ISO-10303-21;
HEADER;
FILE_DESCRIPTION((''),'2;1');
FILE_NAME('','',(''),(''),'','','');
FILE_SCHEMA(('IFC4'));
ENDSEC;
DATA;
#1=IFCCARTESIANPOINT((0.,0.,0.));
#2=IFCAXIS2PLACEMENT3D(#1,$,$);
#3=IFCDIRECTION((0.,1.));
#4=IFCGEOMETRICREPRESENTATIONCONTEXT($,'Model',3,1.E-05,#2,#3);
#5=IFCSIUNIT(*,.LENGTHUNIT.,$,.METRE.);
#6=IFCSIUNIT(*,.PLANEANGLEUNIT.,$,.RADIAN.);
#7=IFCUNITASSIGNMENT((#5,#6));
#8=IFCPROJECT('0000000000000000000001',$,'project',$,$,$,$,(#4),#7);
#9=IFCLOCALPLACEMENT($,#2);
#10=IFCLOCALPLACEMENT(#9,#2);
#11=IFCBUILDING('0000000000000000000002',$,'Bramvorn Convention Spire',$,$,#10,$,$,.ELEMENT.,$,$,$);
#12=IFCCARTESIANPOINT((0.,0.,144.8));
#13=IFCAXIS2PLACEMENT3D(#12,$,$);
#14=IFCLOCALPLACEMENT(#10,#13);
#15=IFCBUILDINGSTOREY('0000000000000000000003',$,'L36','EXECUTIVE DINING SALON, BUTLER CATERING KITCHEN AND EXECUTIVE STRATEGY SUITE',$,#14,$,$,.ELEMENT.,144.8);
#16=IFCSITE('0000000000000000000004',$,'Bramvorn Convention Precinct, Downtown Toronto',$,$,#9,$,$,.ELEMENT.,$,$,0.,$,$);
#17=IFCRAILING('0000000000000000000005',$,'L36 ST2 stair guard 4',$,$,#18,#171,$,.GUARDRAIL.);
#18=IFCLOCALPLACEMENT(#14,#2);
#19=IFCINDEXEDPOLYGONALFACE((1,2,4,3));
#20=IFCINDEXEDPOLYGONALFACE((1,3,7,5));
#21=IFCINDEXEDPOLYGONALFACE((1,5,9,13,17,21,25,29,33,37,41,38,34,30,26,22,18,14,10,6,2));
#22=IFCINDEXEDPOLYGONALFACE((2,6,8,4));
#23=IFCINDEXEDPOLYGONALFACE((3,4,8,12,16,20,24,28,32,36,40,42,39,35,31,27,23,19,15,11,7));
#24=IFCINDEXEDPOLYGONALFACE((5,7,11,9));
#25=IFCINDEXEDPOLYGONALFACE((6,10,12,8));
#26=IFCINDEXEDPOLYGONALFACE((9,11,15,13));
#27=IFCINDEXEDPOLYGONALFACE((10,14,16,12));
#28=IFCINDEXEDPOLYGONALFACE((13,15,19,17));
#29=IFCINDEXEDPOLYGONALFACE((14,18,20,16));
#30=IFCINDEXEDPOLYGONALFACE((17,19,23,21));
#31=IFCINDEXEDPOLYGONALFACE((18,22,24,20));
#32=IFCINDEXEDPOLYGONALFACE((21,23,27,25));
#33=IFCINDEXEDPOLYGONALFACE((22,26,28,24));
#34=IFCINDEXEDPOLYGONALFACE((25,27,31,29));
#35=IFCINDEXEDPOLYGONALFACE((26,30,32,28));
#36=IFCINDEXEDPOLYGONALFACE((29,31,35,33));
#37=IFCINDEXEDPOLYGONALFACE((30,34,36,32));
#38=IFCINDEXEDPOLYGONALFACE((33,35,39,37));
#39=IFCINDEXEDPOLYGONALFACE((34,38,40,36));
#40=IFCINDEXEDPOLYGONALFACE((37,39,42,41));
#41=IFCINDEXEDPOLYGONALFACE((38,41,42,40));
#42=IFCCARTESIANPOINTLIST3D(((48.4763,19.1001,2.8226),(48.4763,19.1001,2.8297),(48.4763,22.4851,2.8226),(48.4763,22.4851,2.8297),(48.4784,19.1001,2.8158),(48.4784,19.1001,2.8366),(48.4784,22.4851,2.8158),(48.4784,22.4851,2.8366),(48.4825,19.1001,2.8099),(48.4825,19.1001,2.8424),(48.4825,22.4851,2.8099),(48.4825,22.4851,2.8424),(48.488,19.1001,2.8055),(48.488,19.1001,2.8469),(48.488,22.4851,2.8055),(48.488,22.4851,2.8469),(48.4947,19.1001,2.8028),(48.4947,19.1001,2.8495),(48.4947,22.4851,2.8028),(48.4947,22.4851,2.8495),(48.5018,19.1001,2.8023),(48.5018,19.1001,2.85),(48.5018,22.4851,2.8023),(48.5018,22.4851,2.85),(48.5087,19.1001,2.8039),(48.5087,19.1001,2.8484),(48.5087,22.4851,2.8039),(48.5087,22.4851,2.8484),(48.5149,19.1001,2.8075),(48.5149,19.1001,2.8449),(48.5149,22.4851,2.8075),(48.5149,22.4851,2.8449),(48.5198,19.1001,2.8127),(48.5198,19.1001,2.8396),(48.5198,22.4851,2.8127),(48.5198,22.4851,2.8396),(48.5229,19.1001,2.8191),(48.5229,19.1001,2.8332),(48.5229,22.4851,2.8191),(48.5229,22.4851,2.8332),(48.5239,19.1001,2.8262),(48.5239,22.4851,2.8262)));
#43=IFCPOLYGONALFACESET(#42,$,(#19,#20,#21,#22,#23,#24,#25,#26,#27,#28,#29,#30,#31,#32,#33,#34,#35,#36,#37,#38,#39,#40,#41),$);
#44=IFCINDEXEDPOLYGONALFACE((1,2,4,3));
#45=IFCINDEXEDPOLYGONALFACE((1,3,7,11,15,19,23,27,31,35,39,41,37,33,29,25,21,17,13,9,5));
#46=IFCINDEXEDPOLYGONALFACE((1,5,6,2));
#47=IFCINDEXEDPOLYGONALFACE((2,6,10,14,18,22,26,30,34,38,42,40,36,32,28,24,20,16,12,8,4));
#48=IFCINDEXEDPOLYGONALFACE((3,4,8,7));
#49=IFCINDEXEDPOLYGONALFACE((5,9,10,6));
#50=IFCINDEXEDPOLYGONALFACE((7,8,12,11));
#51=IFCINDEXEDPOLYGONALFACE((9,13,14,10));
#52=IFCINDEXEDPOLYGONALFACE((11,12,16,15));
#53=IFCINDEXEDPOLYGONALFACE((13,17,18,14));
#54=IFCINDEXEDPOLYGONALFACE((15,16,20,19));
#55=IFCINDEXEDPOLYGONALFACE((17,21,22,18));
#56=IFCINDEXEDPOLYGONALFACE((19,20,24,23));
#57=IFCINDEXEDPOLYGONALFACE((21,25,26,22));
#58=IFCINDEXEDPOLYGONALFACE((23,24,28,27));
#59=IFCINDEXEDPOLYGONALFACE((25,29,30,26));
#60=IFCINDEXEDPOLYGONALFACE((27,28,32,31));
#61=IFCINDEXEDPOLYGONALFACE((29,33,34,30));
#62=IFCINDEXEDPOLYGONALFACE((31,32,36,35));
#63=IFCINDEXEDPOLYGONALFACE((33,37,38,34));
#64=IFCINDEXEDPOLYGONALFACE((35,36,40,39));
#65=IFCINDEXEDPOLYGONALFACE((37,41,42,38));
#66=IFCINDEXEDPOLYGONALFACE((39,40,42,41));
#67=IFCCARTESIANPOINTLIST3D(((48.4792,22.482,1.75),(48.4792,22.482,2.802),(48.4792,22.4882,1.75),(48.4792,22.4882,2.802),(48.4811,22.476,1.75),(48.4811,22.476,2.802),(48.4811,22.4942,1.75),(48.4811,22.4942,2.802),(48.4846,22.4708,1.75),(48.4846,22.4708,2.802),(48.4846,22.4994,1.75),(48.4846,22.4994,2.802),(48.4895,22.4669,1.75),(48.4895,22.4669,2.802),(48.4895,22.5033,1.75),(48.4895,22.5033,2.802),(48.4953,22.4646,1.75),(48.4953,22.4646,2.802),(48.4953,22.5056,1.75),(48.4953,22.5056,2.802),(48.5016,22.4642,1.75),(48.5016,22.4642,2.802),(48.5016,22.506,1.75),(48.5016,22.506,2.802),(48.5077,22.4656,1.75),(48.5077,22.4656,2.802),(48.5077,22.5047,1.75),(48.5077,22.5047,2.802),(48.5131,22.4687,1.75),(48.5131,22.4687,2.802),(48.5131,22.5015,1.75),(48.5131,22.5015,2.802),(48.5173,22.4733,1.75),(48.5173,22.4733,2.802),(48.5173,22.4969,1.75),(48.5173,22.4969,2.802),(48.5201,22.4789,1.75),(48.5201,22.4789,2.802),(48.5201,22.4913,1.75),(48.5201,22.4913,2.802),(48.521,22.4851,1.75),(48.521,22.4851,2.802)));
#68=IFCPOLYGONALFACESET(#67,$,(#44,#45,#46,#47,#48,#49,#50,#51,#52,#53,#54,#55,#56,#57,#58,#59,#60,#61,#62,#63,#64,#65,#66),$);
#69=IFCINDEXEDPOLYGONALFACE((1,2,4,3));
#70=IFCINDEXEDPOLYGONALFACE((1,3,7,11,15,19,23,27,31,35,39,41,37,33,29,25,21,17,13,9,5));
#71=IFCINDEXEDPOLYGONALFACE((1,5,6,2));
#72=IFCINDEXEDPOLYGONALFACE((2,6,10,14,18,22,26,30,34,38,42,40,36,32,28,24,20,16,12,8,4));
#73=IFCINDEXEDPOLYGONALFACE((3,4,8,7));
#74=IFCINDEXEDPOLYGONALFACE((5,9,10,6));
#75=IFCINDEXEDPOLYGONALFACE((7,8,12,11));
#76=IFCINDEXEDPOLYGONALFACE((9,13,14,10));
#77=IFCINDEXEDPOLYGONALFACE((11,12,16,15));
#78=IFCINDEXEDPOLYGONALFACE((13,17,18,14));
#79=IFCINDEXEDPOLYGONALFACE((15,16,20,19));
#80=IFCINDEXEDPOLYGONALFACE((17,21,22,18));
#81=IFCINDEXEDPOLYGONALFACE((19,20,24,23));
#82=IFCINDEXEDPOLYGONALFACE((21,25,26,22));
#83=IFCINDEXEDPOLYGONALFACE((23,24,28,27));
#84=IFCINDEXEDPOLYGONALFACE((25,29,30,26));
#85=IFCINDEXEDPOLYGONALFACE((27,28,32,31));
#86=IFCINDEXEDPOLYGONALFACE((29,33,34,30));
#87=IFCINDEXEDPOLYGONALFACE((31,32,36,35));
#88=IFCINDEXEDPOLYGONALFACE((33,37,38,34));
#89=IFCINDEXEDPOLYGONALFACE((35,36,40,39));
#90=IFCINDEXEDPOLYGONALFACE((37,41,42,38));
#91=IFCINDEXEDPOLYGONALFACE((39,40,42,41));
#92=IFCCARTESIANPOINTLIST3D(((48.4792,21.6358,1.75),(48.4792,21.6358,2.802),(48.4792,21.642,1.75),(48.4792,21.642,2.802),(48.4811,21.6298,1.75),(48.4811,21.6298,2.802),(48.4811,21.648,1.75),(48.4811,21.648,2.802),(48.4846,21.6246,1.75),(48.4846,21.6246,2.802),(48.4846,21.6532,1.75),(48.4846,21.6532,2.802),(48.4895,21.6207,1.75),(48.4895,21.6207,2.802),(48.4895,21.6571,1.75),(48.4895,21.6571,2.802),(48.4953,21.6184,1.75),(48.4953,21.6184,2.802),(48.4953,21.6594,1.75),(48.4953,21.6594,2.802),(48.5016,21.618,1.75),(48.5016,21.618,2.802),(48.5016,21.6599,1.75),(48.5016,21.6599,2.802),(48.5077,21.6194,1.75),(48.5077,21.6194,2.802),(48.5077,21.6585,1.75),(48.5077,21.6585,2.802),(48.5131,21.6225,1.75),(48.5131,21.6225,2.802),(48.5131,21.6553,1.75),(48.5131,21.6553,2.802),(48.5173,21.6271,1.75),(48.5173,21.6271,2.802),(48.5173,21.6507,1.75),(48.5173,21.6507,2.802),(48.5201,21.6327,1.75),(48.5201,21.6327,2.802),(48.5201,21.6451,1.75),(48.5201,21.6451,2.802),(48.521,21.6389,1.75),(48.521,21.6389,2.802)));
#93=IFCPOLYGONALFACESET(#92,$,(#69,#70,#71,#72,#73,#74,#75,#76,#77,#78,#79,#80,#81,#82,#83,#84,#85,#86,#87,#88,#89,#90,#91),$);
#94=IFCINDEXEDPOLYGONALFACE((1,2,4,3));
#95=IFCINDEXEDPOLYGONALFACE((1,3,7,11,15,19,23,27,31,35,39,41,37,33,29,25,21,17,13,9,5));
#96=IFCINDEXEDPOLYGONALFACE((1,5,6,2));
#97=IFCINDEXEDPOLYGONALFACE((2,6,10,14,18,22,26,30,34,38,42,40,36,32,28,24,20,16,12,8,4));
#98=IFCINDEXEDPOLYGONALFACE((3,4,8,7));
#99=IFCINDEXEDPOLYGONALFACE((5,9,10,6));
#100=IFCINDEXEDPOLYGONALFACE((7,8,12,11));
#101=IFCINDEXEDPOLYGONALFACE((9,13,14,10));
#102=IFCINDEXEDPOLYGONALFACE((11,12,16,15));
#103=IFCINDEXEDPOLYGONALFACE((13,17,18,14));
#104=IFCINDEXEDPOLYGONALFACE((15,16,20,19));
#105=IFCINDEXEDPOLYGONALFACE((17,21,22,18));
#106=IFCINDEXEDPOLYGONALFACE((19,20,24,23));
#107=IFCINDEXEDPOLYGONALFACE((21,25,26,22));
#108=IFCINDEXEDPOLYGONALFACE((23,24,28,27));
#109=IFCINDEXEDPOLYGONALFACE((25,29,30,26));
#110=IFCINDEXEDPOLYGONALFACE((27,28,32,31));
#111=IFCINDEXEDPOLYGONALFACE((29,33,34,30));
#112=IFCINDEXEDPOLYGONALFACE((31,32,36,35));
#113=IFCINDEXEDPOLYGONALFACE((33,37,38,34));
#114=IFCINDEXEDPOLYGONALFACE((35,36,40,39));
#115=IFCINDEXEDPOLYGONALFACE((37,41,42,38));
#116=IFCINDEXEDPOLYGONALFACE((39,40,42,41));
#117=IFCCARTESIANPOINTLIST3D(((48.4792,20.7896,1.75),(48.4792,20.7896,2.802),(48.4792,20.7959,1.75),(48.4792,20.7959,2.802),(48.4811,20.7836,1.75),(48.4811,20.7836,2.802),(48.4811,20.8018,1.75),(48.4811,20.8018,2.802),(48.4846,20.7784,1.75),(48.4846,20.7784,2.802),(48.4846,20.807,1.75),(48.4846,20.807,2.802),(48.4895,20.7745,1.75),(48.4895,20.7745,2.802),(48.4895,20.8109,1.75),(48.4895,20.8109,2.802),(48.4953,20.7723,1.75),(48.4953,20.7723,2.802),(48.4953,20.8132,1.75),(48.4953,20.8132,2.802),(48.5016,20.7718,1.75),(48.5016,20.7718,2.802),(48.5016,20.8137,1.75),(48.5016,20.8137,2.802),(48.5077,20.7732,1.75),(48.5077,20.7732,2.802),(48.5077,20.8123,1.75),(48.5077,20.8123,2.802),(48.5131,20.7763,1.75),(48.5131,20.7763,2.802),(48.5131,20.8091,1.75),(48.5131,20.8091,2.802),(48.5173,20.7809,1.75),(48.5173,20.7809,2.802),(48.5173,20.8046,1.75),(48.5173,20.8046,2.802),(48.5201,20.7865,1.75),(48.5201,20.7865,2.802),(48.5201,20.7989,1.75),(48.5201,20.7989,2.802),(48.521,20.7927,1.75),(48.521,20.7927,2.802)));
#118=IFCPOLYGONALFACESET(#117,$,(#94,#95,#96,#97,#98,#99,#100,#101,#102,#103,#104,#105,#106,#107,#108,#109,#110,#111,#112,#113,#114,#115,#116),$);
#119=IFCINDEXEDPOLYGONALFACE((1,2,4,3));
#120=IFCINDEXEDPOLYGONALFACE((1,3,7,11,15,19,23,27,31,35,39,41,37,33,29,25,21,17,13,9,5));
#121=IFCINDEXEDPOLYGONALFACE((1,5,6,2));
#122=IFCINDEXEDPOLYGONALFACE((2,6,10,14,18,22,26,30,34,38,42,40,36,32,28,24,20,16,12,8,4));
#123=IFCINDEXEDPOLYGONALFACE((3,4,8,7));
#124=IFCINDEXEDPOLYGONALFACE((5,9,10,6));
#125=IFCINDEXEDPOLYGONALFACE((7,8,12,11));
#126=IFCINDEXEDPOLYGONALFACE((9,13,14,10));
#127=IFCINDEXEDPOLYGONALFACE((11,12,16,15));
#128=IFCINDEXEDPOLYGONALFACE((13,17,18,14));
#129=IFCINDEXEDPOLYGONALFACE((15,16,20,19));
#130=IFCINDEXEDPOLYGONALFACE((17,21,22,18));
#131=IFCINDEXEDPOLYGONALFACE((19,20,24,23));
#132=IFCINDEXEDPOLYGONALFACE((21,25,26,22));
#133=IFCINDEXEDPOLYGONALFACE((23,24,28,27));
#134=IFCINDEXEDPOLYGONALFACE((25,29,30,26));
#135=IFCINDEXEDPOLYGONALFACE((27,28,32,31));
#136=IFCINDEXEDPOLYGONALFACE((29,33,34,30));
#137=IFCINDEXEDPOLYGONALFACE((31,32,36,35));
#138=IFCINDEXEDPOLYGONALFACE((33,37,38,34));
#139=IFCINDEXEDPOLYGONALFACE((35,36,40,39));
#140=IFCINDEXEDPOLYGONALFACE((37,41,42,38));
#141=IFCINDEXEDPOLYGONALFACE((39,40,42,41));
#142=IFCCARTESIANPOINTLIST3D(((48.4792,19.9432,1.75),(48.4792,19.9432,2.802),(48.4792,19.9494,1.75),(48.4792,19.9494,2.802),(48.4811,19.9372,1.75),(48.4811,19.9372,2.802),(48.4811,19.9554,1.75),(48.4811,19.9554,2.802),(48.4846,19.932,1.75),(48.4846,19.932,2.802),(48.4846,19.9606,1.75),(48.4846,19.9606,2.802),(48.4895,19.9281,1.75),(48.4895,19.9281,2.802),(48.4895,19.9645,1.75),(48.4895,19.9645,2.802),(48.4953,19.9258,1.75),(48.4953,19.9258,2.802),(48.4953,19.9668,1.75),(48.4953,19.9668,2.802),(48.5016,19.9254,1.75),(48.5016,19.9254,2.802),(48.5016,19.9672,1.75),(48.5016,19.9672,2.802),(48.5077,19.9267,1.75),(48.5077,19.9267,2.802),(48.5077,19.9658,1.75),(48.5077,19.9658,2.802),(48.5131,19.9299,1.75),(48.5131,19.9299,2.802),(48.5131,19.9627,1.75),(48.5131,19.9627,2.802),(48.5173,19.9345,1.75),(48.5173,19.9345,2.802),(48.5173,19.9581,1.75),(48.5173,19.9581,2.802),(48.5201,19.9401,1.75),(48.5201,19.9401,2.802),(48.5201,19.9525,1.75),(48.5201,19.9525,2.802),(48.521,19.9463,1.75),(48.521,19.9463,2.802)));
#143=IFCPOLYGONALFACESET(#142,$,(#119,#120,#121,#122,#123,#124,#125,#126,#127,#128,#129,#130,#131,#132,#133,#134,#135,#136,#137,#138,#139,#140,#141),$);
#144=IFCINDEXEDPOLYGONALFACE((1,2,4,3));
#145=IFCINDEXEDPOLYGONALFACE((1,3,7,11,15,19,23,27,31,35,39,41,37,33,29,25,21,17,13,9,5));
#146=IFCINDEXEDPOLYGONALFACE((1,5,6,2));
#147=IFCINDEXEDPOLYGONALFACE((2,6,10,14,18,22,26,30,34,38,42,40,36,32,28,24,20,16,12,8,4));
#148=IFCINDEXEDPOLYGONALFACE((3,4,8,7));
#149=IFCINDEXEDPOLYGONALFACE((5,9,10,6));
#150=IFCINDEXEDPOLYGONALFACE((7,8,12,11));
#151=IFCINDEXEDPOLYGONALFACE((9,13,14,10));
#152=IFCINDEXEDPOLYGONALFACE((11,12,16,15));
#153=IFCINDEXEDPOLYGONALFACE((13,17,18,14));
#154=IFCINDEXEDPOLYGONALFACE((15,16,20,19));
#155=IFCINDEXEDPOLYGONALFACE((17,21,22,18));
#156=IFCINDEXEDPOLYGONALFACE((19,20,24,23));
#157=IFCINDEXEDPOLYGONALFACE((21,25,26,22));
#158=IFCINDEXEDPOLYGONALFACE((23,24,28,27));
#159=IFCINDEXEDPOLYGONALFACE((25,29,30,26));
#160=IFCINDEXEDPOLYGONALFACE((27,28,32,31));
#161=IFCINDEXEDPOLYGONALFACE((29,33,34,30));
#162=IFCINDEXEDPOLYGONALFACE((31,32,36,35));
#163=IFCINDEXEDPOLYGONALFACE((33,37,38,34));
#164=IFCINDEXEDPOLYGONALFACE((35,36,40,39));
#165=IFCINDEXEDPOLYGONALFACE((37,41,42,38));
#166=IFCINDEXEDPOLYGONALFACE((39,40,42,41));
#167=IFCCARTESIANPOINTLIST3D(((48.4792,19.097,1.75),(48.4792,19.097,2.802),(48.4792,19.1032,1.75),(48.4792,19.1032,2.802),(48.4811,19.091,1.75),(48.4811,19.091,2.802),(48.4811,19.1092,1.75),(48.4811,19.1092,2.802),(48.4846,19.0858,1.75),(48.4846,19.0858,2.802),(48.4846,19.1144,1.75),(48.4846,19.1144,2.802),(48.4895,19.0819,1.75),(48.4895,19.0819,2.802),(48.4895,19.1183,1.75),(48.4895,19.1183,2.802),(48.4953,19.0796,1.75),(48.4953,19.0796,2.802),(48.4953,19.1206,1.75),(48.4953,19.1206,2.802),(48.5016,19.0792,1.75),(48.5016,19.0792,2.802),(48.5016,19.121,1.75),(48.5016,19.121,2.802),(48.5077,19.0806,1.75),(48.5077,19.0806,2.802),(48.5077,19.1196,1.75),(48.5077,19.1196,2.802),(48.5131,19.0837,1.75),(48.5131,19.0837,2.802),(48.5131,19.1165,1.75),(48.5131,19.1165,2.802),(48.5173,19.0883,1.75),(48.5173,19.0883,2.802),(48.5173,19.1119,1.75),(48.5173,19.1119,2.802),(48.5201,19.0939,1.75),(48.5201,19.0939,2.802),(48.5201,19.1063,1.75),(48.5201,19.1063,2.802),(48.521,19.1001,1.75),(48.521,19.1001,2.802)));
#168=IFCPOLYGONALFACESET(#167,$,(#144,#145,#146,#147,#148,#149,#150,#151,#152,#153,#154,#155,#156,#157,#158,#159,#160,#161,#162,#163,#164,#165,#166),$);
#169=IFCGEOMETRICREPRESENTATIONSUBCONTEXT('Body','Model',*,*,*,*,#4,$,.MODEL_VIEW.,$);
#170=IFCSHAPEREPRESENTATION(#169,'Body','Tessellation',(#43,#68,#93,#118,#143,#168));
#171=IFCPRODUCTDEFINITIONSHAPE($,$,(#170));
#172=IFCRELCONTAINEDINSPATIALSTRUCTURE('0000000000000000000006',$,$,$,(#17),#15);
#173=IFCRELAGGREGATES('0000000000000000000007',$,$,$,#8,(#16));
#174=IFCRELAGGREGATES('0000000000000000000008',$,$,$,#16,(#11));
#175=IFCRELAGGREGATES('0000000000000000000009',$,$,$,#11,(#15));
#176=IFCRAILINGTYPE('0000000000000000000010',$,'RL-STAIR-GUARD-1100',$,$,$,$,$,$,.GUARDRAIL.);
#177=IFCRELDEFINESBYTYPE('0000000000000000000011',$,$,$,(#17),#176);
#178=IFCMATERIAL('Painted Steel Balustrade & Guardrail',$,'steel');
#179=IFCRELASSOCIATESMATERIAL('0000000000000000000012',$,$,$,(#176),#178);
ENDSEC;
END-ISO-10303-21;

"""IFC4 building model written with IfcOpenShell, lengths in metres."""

from ifc_helpers import new_model, si_unit, direction, frame, origin, origin_2d, place, context, subcontext, project, spatial, circle, extrude, material, type_object, element, save


model = new_model("IFC4")

# Units and contexts
model_context = context("Model", 3, precision=1e-05, world=origin(), true_north=direction((0.0, 1.0)))
body_context = subcontext(model_context, "Body", "Model", "MODEL_VIEW")
ifc_project = project(units=[si_unit("LENGTHUNIT", "METRE"), si_unit("PLANEANGLEUNIT", "RADIAN")], contexts=[model_context])

# Site, building, storey
site_placement = place(None, origin())
site = spatial("IfcSite", under=ifc_project, at=site_placement, Name="Bramvorn Convention Precinct, Downtown Toronto", CompositionType="ELEMENT", RefElevation=0.0)
building_placement = place(site_placement, origin())
building = spatial("IfcBuilding", under=site, at=building_placement, Name="Bramvorn Convention Spire", CompositionType="ELEMENT")
storey_placement = place(building_placement, frame((0.0, 0.0, 144.8)))
storey = spatial("IfcBuildingStorey", under=building, at=storey_placement, Name="L36", Description="EXECUTIVE DINING SALON, BUTLER CATERING KITCHEN AND EXECUTIVE STRATEGY SUITE", CompositionType="ELEMENT", Elevation=144.8)

# Railing
ifc_material_1 = material(Name="Painted Steel Balustrade & Guardrail", Category="steel")
railing_type_1 = type_object("IfcRailingType", Name="RL-STAIR-GUARD-1100", PredefinedType="GUARDRAIL", material=ifc_material_1)
for number, where, name in (
    (1, (48.5, 22.4851, 1.75), "L36 ST2 stair guard 4"),
):
    element("IfcRailing", number, at=place(storey_placement, frame(where)), inside=storey, type_object=railing_type_1, Name=name, PredefinedType="GUARDRAIL", context=body_context, shape_type="SweptSolid", body=[
        extrude(circle(Radius=0.0239, at=origin_2d()), frame((0.0, 0.0, 1.0762), z_axis=(0.0, -1.0, 0.0), x_axis=(1.0, 0.0, 0.0)), (0.0, 0.0, 1.0), 3.385),
        extrude(circle(Radius=0.021, at=origin_2d()), origin(), (0.0, 0.0, 1.0), 1.052),
        extrude(circle(Radius=0.021, at=origin_2d()), frame((0.0, -0.8462, 0.0)), (0.0, 0.0, 1.0), 1.052),
        extrude(circle(Radius=0.021, at=origin_2d()), frame((0.0, -1.6924, 0.0)), (0.0, 0.0, 1.0), 1.052),
        extrude(circle(Radius=0.021, at=origin_2d()), frame((0.0, -2.5388, 0.0)), (0.0, 0.0, 1.0), 1.052),
        extrude(circle(Radius=0.021, at=origin_2d()), frame((0.0, -3.385, 0.0)), (0.0, 0.0, 1.0), 1.052),
    ])

save(model, "model.ifc")
